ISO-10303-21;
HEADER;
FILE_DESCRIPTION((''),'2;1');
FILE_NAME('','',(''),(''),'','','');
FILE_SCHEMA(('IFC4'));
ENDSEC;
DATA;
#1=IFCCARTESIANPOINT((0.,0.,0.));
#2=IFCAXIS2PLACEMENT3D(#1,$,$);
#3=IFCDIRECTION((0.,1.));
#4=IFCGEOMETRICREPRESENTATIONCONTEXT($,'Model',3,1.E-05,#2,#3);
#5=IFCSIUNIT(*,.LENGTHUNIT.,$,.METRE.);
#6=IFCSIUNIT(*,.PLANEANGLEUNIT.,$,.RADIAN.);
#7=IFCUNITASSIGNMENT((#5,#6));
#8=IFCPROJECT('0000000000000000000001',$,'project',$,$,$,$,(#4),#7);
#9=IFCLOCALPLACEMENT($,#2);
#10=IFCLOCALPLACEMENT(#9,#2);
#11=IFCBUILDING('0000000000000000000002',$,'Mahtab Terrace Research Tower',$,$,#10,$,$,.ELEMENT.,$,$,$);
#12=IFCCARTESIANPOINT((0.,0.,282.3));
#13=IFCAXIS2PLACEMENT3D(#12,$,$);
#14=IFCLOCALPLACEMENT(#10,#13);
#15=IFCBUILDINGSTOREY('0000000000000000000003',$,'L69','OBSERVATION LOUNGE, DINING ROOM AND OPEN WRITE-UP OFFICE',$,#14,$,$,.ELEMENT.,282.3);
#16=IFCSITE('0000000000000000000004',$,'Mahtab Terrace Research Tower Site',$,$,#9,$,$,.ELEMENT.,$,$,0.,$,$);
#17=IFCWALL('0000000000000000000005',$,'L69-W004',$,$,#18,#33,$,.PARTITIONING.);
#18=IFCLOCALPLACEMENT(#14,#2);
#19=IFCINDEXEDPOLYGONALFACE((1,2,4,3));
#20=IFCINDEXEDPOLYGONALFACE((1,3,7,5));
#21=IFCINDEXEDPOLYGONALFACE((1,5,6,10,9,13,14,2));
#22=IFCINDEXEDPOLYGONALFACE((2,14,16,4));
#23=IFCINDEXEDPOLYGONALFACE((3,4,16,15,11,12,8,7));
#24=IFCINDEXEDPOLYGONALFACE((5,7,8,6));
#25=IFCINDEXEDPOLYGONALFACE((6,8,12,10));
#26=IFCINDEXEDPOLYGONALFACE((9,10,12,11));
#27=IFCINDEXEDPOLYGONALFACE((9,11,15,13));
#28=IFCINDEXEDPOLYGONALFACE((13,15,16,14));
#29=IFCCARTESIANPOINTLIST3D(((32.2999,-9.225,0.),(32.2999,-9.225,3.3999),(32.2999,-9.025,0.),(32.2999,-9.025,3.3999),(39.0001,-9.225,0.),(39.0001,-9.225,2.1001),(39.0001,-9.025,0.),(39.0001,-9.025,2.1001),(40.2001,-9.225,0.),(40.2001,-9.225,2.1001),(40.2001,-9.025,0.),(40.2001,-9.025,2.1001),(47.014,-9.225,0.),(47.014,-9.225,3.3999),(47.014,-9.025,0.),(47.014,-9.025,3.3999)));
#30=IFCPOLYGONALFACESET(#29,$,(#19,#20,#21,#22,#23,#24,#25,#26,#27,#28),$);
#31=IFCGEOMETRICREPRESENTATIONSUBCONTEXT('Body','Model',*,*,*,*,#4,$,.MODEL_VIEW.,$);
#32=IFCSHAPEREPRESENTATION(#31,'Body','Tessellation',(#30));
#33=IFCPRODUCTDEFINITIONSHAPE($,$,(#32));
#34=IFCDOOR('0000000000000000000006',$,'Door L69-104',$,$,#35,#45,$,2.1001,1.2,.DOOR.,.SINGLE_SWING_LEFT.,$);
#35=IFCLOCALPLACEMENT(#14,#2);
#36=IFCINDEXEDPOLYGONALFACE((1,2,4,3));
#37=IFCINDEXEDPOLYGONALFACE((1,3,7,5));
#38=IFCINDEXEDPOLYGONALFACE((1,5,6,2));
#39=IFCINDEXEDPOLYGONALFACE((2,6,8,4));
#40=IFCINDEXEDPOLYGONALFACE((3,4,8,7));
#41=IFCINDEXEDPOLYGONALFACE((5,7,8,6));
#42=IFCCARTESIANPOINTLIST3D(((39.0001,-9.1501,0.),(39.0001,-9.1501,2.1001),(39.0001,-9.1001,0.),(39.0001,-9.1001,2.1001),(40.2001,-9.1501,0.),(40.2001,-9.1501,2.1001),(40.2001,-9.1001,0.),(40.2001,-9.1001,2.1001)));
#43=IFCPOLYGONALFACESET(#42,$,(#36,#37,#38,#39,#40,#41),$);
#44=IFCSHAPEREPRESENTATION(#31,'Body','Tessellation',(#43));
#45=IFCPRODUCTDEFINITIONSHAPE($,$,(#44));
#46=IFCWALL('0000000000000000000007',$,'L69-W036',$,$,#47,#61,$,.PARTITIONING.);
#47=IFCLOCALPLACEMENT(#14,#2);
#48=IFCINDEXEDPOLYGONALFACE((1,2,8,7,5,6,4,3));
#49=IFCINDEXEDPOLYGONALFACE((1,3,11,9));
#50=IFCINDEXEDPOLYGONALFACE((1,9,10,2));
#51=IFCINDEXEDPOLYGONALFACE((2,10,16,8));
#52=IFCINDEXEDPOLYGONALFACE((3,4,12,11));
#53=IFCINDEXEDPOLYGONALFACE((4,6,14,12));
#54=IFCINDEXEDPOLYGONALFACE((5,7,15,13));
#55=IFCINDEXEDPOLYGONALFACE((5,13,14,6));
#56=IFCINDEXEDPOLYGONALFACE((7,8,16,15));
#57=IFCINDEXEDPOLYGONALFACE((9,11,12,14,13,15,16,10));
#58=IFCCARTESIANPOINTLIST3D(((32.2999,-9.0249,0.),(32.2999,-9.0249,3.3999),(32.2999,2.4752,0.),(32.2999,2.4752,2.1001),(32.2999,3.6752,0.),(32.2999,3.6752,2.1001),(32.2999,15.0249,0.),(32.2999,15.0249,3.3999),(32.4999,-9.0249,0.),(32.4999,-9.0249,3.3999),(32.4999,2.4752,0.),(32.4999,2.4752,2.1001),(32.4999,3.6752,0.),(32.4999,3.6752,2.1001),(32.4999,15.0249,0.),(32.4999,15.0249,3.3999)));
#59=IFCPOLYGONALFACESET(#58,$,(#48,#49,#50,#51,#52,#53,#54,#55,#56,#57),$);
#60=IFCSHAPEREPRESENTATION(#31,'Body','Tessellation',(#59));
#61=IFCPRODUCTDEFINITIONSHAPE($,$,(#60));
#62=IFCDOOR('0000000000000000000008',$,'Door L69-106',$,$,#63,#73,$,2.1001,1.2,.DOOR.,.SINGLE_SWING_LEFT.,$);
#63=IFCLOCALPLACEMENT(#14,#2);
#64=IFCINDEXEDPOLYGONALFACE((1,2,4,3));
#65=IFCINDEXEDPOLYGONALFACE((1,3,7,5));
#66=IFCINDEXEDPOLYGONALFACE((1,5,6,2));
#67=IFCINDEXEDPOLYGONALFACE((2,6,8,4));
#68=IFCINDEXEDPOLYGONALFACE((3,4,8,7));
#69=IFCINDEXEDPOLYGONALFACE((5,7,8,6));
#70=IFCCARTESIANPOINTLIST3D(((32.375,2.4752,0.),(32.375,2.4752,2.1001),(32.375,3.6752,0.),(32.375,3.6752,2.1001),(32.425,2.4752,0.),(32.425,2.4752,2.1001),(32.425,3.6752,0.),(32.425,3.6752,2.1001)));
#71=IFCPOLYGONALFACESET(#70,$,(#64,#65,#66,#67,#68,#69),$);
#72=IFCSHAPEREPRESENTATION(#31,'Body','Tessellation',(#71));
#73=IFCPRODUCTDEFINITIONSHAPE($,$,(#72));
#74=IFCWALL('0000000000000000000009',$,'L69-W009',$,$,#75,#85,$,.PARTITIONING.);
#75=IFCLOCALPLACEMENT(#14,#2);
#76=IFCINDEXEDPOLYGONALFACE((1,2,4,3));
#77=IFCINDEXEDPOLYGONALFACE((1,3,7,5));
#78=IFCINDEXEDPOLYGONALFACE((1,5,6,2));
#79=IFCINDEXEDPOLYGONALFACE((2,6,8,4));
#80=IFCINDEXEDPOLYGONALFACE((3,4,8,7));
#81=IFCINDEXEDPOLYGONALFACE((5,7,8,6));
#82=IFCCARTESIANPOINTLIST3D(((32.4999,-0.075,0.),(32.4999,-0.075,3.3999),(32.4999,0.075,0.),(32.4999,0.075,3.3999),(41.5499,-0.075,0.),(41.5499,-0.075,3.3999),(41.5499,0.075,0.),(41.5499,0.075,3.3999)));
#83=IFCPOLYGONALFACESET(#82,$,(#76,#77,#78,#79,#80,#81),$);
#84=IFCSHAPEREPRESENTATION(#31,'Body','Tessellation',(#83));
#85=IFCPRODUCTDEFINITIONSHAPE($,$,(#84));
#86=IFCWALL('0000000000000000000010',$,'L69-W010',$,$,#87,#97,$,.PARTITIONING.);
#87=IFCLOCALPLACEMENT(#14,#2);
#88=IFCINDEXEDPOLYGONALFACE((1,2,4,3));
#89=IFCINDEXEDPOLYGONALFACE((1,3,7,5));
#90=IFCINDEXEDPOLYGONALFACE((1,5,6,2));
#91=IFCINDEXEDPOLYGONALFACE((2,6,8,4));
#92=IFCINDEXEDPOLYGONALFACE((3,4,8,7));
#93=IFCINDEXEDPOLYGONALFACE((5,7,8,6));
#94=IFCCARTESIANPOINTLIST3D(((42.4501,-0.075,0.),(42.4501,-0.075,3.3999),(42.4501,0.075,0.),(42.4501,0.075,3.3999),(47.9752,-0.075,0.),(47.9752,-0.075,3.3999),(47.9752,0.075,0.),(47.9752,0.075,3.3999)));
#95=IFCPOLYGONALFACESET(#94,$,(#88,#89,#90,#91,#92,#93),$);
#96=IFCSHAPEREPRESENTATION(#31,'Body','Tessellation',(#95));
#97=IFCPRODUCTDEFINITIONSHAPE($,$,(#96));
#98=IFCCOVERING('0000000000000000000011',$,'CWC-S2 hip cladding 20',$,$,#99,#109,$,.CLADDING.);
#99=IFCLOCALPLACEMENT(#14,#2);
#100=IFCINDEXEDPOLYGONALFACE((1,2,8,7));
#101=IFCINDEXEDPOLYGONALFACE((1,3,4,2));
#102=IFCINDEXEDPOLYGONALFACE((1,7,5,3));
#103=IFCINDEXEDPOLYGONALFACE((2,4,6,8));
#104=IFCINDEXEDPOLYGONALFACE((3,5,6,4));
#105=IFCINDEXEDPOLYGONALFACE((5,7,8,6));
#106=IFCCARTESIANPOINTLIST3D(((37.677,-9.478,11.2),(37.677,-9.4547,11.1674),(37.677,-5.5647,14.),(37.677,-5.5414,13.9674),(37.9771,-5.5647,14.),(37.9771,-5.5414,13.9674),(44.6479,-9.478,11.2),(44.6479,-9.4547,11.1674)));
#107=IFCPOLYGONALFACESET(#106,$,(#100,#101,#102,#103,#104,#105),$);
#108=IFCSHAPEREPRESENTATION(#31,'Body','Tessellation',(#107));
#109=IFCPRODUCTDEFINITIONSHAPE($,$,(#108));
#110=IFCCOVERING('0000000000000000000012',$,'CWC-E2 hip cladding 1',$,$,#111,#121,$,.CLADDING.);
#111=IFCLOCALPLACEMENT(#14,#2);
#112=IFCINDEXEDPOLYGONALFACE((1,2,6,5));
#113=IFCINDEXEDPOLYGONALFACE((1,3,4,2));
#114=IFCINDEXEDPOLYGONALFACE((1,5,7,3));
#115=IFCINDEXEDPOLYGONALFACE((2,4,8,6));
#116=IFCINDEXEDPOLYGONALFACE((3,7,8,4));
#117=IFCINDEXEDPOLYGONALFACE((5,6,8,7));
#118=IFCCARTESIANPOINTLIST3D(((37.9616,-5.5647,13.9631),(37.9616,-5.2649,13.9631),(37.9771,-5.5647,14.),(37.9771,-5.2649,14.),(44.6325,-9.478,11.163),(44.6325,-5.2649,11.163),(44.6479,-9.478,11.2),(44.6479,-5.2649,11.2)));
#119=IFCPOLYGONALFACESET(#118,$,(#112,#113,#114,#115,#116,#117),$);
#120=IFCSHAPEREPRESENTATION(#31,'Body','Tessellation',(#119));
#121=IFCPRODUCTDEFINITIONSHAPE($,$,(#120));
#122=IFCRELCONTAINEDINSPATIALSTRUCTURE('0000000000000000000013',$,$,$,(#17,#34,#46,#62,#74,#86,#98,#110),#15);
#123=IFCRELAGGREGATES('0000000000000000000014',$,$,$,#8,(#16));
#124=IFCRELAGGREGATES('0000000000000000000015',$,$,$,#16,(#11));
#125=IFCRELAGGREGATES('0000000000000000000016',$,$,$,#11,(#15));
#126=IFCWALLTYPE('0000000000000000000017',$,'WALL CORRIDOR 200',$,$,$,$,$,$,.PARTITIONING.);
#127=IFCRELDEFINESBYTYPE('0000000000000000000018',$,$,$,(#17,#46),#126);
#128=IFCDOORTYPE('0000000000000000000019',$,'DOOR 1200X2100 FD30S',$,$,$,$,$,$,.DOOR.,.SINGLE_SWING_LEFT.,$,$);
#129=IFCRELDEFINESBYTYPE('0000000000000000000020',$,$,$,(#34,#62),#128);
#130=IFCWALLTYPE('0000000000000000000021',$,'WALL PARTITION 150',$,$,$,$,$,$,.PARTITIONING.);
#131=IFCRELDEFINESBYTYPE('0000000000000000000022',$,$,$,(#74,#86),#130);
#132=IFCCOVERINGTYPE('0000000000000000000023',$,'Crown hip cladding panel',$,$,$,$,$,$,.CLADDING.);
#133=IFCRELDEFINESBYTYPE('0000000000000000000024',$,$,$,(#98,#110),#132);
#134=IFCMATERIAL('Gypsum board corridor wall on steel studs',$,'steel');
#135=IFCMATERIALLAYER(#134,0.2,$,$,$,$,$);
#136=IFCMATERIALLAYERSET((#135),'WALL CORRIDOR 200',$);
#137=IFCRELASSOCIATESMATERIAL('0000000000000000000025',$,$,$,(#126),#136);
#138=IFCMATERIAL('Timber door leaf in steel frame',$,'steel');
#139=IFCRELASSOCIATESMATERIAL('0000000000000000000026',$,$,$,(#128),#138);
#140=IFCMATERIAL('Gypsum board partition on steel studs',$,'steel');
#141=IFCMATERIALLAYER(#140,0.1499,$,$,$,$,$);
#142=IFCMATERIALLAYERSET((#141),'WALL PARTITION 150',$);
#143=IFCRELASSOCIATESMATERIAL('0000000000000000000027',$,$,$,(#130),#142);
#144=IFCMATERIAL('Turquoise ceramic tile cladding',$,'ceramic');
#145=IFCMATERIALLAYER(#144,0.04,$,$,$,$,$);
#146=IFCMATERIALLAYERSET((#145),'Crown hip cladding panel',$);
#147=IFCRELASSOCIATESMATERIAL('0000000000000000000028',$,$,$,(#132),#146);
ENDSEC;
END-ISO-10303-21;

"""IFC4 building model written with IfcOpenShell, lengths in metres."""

from ifc_helpers import new_model, si_unit, direction, frame, frame_2d, origin, place, context, subcontext, project, spatial, polyline, rectangle, outline, extrude, material, layer, layer_set, type_object, element, fill, save


model = new_model("IFC4")

# Units and contexts
model_context = context("Model", 3, precision=1e-05, world=origin(), true_north=direction((0.0, 1.0)))
body_context = subcontext(model_context, "Body", "Model", "MODEL_VIEW")
ifc_project = project(units=[si_unit("LENGTHUNIT", "METRE"), si_unit("PLANEANGLEUNIT", "RADIAN")], contexts=[model_context])

# Site, building, storey
site_placement = place(None, origin())
site = spatial("IfcSite", under=ifc_project, at=site_placement, Name="Mahtab Terrace Research Tower Site", CompositionType="ELEMENT", RefElevation=0.0)
building_placement = place(site_placement, origin())
building = spatial("IfcBuilding", under=site, at=building_placement, Name="Mahtab Terrace Research Tower", CompositionType="ELEMENT")
storey_placement = place(building_placement, frame((0.0, 0.0, 282.3)))
storey = spatial("IfcBuildingStorey", under=building, at=storey_placement, Name="L69", Description="OBSERVATION LOUNGE, DINING ROOM AND OPEN WRITE-UP OFFICE", CompositionType="ELEMENT", Elevation=282.3)

# Walls, openings, doors
ifc_material_1 = material(Name="Gypsum board corridor wall on steel studs", Category="steel")
ifc_layer_1 = layer(ifc_material_1, 0.2)
ifc_layer_set_1 = layer_set([ifc_layer_1], Name="WALL CORRIDOR 200")
wall_type_1 = type_object("IfcWallType", Name="WALL CORRIDOR 200", PredefinedType="PARTITIONING", material=ifc_layer_set_1)
wall_1_placement = place(storey_placement, frame((32.3, -9.125, 0.0), z_axis=(0.0, 0.0, 1.0), x_axis=(1.0, 0.0, 0.0)))
wall_1 = element("IfcWall", 1, at=wall_1_placement, inside=storey, type_object=wall_type_1, Name="L69-W004", PredefinedType="PARTITIONING", context=body_context, shape_type="SweptSolid", body=[
    extrude(rectangle(XDim=14.7141, YDim=0.2, at=frame_2d((7.3569, 0.0))), origin(), (0.0, 0.0, 1.0), 3.3999),
])
opening_1_placement = place(wall_1_placement, frame((6.7, 0.0, 0.0)))
opening_1 = element("IfcOpeningElement", 2, at=opening_1_placement, cuts=wall_1, PredefinedType="OPENING", context=body_context, shape_type="SweptSolid", body=[
    extrude(rectangle(XDim=1.2, YDim=2.1001, at=frame_2d((0.6001, 1.05))), frame((0.0, 0.1099, 0.0), z_axis=(0.0, -1.0, 0.0), x_axis=(1.0, 0.0, 0.0)), (0.0, 0.0, 1.0), 0.22),
])
ifc_material_2 = material(Name="Timber door leaf in steel frame", Category="steel")
door_type = type_object("IfcDoorType", Name="DOOR 1200X2100 FD30S", OperationType="SINGLE_SWING_LEFT", PredefinedType="DOOR", material=ifc_material_2)
door_1_placement = place(opening_1_placement, origin())
door_1 = element("IfcDoor", 3, at=door_1_placement, inside=storey, type_object=door_type, Name="Door L69-104", OperationType="SINGLE_SWING_LEFT", OverallHeight=2.1001, OverallWidth=1.2, PredefinedType="DOOR", context=body_context, shape_type="SweptSolid", body=[
    extrude(rectangle(XDim=1.2, YDim=2.1001, at=frame_2d((0.6001, 1.05))), frame((0.0, 0.0249, 0.0), z_axis=(0.0, -1.0, 0.0), x_axis=(1.0, 0.0, 0.0)), (0.0, 0.0, 1.0), 0.05),
])
fill(opening_1, door_1)
wall_2_placement = place(storey_placement, frame((32.3999, -9.0249, 0.0), z_axis=(0.0, 0.0, 1.0), x_axis=(0.0, 1.0, 0.0)))
wall_2 = element("IfcWall", 4, at=wall_2_placement, inside=storey, type_object=wall_type_1, Name="L69-W036", PredefinedType="PARTITIONING", context=body_context, shape_type="SweptSolid", body=[
    extrude(rectangle(XDim=24.0498, YDim=0.2, at=frame_2d((12.0249, 0.0))), origin(), (0.0, 0.0, 1.0), 3.3999),
])
opening_2_placement = place(wall_2_placement, frame((11.5, 0.0, 0.0)))
opening_2 = element("IfcOpeningElement", 5, at=opening_2_placement, cuts=wall_2, PredefinedType="OPENING", context=body_context, shape_type="SweptSolid", body=[
    extrude(rectangle(XDim=1.2, YDim=2.1001, at=frame_2d((0.6001, 1.05))), frame((0.0, 0.1099, 0.0), z_axis=(0.0, -1.0, 0.0), x_axis=(1.0, 0.0, 0.0)), (0.0, 0.0, 1.0), 0.22),
])
door_2_placement = place(opening_2_placement, origin())
door_2 = element("IfcDoor", 6, at=door_2_placement, inside=storey, type_object=door_type, Name="Door L69-106", OperationType="SINGLE_SWING_LEFT", OverallHeight=2.1001, OverallWidth=1.2, PredefinedType="DOOR", context=body_context, shape_type="SweptSolid", body=[
    extrude(rectangle(XDim=1.2, YDim=2.1001, at=frame_2d((0.6001, 1.05))), frame((0.0, 0.0249, 0.0), z_axis=(0.0, -1.0, 0.0), x_axis=(1.0, 0.0, 0.0)), (0.0, 0.0, 1.0), 0.05),
])
fill(opening_2, door_2)

# Walls
ifc_material_3 = material(Name="Gypsum board partition on steel studs", Category="steel")
ifc_layer_2 = layer(ifc_material_3, 0.1499)
ifc_layer_set_2 = layer_set([ifc_layer_2], Name="WALL PARTITION 150")
wall_type_2 = type_object("IfcWallType", Name="WALL PARTITION 150", PredefinedType="PARTITIONING", material=ifc_layer_set_2)
wall_3_placement = place(storey_placement, frame((32.5, 0.0, 0.0), z_axis=(0.0, 0.0, 1.0), x_axis=(1.0, 0.0, 0.0)))
element("IfcWall", 7, at=wall_3_placement, inside=storey, type_object=wall_type_2, Name="L69-W009", PredefinedType="PARTITIONING", context=body_context, shape_type="SweptSolid", body=[
    extrude(rectangle(XDim=9.05, YDim=0.1499, at=frame_2d((4.5249, 0.0))), origin(), (0.0, 0.0, 1.0), 3.3999),
])
wall_4_placement = place(storey_placement, frame((42.45, 0.0, 0.0), z_axis=(0.0, 0.0, 1.0), x_axis=(1.0, 0.0, 0.0)))
element("IfcWall", 8, at=wall_4_placement, inside=storey, type_object=wall_type_2, Name="L69-W010", PredefinedType="PARTITIONING", context=body_context, shape_type="SweptSolid", body=[
    extrude(rectangle(XDim=5.5251, YDim=0.1499, at=frame_2d((2.7627, 0.0))), origin(), (0.0, 0.0, 1.0), 3.3999),
])

# Coverings
ifc_material_4 = material(Name="Turquoise ceramic tile cladding", Category="ceramic")
ifc_layer_3 = layer(ifc_material_4, 0.04)
ifc_layer_set_3 = layer_set([ifc_layer_3], Name="Crown hip cladding panel")
covering_type = type_object("IfcCoveringType", Name="Crown hip cladding panel", PredefinedType="CLADDING", material=ifc_layer_set_3)
covering_1_placement = place(storey_placement, frame((37.9771, -5.5647, 14.0), z_axis=(0.0, -0.5819, 0.81326), x_axis=(0.811023, -0.475768, -0.34042)))
element("IfcCovering", 9, at=covering_1_placement, inside=storey, type_object=covering_type, Name="CWC-S2 hip cladding 20", PredefinedType="CLADDING", context=body_context, shape_type="SweptSolid", body=[
    extrude(outline(polyline([(0.0, 0.0), (8.2253, 0.0), (2.5717, -4.0781), (-0.2433, -0.1755), (0.0, 0.0)])), origin(), (0.0, 0.0, -1.0), 0.04),
])
covering_2_placement = place(storey_placement, frame((37.9771, -5.5647, 14.0), z_axis=(0.387029, 0.0, 0.922067), x_axis=(0.0, 1.0, 0.0)))
element("IfcCovering", 10, at=covering_2_placement, inside=storey, type_object=covering_type, Name="CWC-E2 hip cladding 1", PredefinedType="CLADDING", context=body_context, shape_type="SweptSolid", body=[
    extrude(outline(polyline([(0.0, 0.0), (0.2998, 0.0), (0.2998, -7.2347), (-3.9133, -7.2347), (0.0, 0.0)])), origin(), (0.0, 0.0, -1.0), 0.04),
])

save(model, "model.ifc")
